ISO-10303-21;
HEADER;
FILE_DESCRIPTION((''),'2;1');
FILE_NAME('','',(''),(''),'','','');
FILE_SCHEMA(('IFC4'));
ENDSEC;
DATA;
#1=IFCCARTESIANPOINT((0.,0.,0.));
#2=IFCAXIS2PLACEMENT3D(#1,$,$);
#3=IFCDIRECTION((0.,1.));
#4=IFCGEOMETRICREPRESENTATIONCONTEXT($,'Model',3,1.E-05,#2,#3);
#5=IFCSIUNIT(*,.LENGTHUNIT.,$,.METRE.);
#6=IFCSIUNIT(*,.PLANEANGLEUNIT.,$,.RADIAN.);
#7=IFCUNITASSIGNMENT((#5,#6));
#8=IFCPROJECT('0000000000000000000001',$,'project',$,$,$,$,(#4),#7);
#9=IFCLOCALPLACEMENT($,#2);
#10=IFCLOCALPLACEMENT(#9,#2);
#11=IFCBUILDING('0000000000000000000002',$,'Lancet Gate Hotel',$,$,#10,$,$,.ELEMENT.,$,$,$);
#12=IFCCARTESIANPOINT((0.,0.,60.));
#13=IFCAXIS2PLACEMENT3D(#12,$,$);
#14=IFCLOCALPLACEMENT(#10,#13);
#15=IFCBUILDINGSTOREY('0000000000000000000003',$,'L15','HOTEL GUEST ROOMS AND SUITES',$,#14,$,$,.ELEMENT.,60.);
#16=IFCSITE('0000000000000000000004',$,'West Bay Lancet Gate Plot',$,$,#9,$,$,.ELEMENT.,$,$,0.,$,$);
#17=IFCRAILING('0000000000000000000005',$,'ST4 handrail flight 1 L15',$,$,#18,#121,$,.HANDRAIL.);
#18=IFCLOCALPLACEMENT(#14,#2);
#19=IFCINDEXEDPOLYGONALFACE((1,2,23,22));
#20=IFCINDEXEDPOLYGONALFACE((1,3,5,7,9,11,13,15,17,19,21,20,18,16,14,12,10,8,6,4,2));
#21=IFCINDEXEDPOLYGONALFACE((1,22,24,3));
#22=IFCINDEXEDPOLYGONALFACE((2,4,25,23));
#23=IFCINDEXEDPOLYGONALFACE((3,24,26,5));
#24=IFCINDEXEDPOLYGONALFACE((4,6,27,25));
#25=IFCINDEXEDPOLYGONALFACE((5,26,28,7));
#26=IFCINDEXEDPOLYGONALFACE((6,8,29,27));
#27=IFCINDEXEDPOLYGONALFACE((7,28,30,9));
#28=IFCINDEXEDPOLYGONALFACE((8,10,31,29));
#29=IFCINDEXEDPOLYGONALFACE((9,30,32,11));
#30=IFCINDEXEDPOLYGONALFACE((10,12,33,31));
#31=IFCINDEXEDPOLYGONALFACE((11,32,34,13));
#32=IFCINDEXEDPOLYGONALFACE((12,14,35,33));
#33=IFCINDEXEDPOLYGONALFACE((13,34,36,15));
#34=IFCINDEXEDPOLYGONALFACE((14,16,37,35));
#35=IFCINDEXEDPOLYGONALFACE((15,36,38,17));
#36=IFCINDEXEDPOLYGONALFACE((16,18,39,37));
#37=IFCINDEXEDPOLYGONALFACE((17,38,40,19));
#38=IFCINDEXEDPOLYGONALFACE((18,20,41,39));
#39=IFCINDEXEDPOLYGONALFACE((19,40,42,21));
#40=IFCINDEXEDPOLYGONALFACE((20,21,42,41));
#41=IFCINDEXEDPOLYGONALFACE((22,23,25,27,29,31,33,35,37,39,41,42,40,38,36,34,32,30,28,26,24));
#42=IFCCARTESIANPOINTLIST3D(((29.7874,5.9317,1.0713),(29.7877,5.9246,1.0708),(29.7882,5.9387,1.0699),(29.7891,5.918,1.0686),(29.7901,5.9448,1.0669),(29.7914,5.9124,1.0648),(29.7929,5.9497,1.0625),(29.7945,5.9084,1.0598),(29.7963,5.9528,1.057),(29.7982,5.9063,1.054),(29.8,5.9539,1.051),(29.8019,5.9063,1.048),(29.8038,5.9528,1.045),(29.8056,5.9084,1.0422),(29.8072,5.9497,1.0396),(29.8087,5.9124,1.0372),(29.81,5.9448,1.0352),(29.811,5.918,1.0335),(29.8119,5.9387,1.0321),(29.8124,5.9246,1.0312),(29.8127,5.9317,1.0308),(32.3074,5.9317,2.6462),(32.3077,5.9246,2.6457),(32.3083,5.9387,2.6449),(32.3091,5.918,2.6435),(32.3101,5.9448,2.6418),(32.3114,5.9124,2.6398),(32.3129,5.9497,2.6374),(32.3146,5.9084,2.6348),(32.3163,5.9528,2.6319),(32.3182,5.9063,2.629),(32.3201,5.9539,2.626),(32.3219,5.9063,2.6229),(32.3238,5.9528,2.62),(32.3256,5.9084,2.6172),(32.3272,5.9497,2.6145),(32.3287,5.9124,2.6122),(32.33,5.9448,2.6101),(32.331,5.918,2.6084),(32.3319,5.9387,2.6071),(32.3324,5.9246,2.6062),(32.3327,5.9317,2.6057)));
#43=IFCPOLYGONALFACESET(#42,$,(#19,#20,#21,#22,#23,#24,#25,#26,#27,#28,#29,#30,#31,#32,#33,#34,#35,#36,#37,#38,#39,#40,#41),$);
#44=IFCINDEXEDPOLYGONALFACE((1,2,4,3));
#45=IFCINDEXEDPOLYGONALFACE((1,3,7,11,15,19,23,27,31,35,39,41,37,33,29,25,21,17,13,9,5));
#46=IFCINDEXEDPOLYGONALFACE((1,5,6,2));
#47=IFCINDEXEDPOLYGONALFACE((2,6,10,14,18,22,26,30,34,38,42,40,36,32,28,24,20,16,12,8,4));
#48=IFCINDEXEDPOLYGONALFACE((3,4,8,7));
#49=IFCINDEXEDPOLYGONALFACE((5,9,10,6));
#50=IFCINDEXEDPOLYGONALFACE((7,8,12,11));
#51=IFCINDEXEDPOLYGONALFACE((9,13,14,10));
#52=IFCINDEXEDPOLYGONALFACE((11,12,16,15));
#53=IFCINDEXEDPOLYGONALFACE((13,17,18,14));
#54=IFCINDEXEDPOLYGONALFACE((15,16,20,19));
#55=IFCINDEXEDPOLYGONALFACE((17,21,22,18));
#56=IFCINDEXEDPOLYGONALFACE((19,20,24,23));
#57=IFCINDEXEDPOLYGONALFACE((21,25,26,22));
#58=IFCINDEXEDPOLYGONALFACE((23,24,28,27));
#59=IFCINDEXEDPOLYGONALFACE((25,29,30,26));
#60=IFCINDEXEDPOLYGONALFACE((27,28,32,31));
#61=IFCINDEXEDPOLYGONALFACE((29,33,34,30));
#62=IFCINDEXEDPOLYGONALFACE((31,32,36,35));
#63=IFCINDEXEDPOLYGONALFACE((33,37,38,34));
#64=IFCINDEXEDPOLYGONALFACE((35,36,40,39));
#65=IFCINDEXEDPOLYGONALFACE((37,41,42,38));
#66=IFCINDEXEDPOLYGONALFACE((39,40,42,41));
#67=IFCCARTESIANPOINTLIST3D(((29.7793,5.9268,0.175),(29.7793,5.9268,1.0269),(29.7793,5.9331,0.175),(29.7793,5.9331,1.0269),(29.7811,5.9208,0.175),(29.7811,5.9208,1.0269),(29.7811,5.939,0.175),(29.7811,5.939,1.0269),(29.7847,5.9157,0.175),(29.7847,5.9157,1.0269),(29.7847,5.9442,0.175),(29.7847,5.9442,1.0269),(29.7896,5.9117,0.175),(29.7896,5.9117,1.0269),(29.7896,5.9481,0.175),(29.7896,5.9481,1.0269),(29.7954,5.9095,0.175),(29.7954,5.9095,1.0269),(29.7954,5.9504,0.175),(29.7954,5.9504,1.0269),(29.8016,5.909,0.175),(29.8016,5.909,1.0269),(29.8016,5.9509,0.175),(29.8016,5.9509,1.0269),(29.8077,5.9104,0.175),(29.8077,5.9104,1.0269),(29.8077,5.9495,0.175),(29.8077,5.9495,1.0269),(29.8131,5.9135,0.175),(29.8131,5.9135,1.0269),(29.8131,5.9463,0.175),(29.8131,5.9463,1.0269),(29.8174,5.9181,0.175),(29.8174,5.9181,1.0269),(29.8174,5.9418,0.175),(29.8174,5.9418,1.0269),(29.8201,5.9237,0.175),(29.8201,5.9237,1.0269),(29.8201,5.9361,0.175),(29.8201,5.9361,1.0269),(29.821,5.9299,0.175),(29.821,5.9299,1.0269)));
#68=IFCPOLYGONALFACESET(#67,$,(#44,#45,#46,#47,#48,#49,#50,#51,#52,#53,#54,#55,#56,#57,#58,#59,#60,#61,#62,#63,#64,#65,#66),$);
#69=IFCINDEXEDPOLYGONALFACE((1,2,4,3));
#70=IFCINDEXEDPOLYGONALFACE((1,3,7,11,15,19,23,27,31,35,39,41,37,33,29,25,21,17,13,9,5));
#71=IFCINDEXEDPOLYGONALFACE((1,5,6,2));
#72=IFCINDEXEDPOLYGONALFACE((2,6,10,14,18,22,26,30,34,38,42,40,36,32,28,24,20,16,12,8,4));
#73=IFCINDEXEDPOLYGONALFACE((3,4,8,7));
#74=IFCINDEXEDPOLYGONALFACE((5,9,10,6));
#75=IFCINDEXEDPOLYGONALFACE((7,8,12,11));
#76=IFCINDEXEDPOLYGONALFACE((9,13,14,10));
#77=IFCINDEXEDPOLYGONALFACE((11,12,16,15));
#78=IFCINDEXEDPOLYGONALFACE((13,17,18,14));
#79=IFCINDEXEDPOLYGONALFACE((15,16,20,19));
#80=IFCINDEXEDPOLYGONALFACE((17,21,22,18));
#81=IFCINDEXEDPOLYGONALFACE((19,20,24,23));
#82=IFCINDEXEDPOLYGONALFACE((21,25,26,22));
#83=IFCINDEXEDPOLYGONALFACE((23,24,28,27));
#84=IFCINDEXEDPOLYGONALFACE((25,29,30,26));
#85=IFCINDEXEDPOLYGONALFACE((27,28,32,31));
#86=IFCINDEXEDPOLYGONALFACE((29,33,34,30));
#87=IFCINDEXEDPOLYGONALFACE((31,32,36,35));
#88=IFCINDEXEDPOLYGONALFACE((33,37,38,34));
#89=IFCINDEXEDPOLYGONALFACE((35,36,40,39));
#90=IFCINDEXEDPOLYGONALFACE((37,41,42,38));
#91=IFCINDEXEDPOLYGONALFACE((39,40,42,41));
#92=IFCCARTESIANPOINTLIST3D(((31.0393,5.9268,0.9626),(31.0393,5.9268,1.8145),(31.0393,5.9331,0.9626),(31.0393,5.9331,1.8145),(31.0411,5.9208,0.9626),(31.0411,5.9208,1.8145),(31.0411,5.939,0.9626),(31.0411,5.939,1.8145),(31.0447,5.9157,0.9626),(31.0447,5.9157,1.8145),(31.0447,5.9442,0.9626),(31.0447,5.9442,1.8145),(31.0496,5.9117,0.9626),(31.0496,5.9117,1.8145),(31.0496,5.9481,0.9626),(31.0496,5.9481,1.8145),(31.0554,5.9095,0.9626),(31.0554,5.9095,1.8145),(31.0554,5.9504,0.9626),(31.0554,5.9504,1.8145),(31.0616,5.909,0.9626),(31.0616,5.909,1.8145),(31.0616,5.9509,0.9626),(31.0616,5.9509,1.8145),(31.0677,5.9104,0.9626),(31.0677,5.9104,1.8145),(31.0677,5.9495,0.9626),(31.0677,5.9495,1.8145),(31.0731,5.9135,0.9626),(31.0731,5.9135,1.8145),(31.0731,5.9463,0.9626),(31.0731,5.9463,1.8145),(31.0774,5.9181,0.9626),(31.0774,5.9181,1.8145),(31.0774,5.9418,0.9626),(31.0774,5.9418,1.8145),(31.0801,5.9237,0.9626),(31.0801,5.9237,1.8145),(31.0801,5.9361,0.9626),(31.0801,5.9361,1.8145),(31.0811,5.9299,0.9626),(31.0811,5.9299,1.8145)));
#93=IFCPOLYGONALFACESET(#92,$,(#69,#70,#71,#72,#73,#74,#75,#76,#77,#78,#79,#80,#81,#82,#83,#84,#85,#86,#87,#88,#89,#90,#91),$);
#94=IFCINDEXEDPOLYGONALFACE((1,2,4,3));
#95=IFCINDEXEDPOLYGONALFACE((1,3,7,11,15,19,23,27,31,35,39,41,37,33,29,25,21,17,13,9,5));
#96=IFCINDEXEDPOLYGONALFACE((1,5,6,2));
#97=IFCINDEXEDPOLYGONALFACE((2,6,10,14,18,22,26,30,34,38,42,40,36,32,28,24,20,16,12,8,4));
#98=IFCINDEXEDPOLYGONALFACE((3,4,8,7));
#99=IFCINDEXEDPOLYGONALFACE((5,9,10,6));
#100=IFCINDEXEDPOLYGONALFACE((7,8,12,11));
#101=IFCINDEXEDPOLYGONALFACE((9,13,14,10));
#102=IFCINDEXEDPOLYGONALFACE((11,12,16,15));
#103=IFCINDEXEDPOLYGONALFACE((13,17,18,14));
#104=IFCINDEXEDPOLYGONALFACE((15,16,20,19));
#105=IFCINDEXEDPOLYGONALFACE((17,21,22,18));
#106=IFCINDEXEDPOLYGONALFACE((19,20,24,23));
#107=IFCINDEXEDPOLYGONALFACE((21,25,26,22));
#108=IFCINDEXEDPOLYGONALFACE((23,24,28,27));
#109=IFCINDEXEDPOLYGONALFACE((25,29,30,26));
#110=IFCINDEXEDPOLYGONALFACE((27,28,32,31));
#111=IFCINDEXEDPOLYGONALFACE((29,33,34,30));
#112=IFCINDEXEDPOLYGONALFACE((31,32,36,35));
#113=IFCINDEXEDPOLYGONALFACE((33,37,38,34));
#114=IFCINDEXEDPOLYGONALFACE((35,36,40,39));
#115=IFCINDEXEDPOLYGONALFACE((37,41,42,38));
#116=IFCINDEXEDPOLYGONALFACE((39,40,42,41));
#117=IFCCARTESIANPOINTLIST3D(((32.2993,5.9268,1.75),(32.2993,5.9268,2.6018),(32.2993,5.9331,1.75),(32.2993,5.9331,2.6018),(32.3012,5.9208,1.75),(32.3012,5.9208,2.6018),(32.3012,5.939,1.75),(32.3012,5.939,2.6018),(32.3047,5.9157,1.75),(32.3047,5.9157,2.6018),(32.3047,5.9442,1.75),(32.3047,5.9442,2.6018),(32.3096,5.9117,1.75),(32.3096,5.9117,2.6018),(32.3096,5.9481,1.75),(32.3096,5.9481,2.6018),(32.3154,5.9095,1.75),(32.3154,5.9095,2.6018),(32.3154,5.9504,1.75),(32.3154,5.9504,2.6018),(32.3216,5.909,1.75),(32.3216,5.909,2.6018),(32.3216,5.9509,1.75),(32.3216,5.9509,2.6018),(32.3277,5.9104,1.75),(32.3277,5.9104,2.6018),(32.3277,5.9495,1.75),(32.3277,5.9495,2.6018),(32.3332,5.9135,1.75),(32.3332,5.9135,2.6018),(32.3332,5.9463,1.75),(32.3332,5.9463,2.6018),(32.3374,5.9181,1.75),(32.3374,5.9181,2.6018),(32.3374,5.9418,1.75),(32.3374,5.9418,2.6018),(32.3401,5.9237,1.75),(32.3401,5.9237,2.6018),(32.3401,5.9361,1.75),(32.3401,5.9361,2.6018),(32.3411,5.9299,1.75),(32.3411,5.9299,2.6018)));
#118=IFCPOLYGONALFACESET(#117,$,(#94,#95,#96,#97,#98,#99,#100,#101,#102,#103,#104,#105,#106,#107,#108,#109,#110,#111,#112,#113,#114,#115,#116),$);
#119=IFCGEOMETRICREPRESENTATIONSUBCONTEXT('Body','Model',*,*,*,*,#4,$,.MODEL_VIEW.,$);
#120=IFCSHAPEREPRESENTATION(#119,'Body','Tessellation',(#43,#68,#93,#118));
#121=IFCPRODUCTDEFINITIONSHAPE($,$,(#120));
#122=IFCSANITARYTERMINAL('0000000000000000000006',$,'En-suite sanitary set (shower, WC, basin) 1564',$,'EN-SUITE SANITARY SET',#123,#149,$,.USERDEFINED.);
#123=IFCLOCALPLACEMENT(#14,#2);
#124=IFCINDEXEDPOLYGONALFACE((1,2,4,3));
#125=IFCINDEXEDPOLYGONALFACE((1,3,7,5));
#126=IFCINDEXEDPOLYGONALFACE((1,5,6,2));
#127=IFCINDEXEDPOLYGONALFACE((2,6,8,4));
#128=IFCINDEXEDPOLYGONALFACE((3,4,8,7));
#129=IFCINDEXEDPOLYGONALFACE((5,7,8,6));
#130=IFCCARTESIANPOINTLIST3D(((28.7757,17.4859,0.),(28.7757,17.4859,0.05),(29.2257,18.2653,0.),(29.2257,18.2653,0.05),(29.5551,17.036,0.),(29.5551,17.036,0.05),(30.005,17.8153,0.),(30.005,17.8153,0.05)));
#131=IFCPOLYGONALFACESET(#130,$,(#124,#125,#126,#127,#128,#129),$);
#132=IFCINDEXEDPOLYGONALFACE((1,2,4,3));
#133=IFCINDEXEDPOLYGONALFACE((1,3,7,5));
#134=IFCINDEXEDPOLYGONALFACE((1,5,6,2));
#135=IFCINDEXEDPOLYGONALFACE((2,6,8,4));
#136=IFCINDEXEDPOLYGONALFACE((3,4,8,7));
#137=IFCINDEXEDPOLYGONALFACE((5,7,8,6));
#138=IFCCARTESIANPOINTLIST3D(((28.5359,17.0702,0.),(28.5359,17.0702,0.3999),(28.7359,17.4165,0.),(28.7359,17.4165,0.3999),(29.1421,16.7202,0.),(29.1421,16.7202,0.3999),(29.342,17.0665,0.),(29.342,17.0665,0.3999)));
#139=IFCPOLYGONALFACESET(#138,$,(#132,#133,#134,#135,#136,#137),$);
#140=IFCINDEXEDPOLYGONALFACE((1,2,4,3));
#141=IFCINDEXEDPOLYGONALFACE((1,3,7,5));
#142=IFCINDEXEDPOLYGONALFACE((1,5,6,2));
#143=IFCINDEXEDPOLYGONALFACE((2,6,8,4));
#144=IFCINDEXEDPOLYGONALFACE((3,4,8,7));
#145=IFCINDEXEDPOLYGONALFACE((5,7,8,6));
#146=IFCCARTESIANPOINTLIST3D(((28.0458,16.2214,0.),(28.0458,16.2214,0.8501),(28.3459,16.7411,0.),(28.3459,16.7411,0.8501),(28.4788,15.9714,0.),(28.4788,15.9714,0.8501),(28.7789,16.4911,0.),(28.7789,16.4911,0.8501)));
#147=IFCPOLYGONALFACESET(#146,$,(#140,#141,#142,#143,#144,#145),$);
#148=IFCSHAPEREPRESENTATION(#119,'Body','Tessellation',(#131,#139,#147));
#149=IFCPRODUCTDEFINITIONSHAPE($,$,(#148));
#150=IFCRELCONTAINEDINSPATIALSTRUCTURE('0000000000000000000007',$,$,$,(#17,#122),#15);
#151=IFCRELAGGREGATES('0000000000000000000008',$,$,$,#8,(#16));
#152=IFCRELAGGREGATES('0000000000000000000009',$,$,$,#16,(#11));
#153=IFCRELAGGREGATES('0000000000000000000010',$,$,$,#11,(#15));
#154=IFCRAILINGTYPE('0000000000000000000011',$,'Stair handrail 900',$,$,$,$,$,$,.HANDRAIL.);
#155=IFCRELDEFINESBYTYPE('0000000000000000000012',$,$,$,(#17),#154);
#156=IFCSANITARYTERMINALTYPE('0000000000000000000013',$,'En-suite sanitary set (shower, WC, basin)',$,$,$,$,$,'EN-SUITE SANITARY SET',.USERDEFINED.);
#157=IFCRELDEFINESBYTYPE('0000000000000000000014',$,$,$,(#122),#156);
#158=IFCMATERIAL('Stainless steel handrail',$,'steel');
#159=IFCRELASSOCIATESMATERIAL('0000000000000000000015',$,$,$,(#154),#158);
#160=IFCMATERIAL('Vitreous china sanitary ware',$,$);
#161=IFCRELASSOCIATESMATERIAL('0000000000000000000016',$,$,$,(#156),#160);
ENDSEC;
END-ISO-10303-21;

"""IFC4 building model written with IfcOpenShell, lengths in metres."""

from ifc_helpers import new_model, si_unit, direction, frame, origin, origin_2d, place, context, subcontext, project, spatial, rectangle, circle, extrude, material, type_object, element, save


model = new_model("IFC4")

# Units and contexts
model_context = context("Model", 3, precision=1e-05, world=origin(), true_north=direction((0.0, 1.0)))
body_context = subcontext(model_context, "Body", "Model", "MODEL_VIEW")
ifc_project = project(units=[si_unit("LENGTHUNIT", "METRE"), si_unit("PLANEANGLEUNIT", "RADIAN")], contexts=[model_context])

# Site, building, storey
site_placement = place(None, origin())
site = spatial("IfcSite", under=ifc_project, at=site_placement, Name="West Bay Lancet Gate Plot", CompositionType="ELEMENT", RefElevation=0.0)
building_placement = place(site_placement, origin())
building = spatial("IfcBuilding", under=site, at=building_placement, Name="Lancet Gate Hotel", CompositionType="ELEMENT")
storey_placement = place(building_placement, frame((0.0, 0.0, 60.0)))
storey = spatial("IfcBuildingStorey", under=building, at=storey_placement, Name="L15", Description="HOTEL GUEST ROOMS AND SUITES", CompositionType="ELEMENT", Elevation=60.0)

# Railing
ifc_material_1 = material(Name="Stainless steel handrail", Category="steel")
railing_type = type_object("IfcRailingType", Name="Stair handrail 900", PredefinedType="HANDRAIL", material=ifc_material_1)
railing_placement = place(storey_placement, frame((29.8, 5.9299, 0.175)))
element("IfcRailing", 1, at=railing_placement, inside=storey, type_object=railing_type, Name="ST4 handrail flight 1 L15", PredefinedType="HANDRAIL", context=body_context, shape_type="SweptSolid", body=[
    extrude(circle(Radius=0.0239, at=origin_2d()), frame((0.0, 0.0, 0.876), z_axis=(0.848008, 0.0, 0.529984), x_axis=(0.0, 1.0, 0.0)), (0.0, 0.0, 1.0), 2.9717),
    extrude(circle(Radius=0.021, at=origin_2d()), origin(), (0.0, 0.0, 1.0), 0.8518),
    extrude(circle(Radius=0.021, at=origin_2d()), frame((1.26, 0.0, 0.7876)), (0.0, 0.0, 1.0), 0.8518),
    extrude(circle(Radius=0.021, at=origin_2d()), frame((2.52, 0.0, 1.575)), (0.0, 0.0, 1.0), 0.8518),
])

# Sanitary terminal
ifc_material_2 = material(Name="Vitreous china sanitary ware")
sanitary_terminal_type = type_object("IfcSanitaryTerminalType", Name="En-suite sanitary set (shower, WC, basin)", ElementType="EN-SUITE SANITARY SET", PredefinedType="USERDEFINED", material=ifc_material_2)
sanitary_terminal_placement = place(storey_placement, frame((29.3904, 17.6506, 0.0), z_axis=(0.0, 0.0, 1.0), x_axis=(1.0, 0.0, 0.0)))
element("IfcSanitaryTerminal", 2, at=sanitary_terminal_placement, inside=storey, type_object=sanitary_terminal_type, Name="En-suite sanitary set (shower, WC, basin) 1564", ObjectType="EN-SUITE SANITARY SET", PredefinedType="USERDEFINED", context=body_context, shape_type="SweptSolid", body=[
    extrude(rectangle(XDim=0.8999, YDim=0.8999, at=origin_2d()), frame((0.0, 0.0, 0.0), z_axis=(0.0, 0.0, 1.0), x_axis=(0.5, 0.866025, 0.0)), (0.0, 0.0, 1.0), 0.05),
    extrude(rectangle(XDim=0.3999, YDim=0.7, at=origin_2d()), frame((-0.4514, -0.5823, 0.0), z_axis=(0.0, 0.0, 1.0), x_axis=(0.5, 0.866025, 0.0)), (0.0, 0.0, 1.0), 0.3999),
    extrude(rectangle(XDim=0.6001, YDim=0.5, at=origin_2d()), frame((-0.978, -1.2944, 0.0), z_axis=(0.0, 0.0, 1.0), x_axis=(0.5, 0.866025, 0.0)), (0.0, 0.0, 1.0), 0.8501),
])

save(model, "model.ifc")
